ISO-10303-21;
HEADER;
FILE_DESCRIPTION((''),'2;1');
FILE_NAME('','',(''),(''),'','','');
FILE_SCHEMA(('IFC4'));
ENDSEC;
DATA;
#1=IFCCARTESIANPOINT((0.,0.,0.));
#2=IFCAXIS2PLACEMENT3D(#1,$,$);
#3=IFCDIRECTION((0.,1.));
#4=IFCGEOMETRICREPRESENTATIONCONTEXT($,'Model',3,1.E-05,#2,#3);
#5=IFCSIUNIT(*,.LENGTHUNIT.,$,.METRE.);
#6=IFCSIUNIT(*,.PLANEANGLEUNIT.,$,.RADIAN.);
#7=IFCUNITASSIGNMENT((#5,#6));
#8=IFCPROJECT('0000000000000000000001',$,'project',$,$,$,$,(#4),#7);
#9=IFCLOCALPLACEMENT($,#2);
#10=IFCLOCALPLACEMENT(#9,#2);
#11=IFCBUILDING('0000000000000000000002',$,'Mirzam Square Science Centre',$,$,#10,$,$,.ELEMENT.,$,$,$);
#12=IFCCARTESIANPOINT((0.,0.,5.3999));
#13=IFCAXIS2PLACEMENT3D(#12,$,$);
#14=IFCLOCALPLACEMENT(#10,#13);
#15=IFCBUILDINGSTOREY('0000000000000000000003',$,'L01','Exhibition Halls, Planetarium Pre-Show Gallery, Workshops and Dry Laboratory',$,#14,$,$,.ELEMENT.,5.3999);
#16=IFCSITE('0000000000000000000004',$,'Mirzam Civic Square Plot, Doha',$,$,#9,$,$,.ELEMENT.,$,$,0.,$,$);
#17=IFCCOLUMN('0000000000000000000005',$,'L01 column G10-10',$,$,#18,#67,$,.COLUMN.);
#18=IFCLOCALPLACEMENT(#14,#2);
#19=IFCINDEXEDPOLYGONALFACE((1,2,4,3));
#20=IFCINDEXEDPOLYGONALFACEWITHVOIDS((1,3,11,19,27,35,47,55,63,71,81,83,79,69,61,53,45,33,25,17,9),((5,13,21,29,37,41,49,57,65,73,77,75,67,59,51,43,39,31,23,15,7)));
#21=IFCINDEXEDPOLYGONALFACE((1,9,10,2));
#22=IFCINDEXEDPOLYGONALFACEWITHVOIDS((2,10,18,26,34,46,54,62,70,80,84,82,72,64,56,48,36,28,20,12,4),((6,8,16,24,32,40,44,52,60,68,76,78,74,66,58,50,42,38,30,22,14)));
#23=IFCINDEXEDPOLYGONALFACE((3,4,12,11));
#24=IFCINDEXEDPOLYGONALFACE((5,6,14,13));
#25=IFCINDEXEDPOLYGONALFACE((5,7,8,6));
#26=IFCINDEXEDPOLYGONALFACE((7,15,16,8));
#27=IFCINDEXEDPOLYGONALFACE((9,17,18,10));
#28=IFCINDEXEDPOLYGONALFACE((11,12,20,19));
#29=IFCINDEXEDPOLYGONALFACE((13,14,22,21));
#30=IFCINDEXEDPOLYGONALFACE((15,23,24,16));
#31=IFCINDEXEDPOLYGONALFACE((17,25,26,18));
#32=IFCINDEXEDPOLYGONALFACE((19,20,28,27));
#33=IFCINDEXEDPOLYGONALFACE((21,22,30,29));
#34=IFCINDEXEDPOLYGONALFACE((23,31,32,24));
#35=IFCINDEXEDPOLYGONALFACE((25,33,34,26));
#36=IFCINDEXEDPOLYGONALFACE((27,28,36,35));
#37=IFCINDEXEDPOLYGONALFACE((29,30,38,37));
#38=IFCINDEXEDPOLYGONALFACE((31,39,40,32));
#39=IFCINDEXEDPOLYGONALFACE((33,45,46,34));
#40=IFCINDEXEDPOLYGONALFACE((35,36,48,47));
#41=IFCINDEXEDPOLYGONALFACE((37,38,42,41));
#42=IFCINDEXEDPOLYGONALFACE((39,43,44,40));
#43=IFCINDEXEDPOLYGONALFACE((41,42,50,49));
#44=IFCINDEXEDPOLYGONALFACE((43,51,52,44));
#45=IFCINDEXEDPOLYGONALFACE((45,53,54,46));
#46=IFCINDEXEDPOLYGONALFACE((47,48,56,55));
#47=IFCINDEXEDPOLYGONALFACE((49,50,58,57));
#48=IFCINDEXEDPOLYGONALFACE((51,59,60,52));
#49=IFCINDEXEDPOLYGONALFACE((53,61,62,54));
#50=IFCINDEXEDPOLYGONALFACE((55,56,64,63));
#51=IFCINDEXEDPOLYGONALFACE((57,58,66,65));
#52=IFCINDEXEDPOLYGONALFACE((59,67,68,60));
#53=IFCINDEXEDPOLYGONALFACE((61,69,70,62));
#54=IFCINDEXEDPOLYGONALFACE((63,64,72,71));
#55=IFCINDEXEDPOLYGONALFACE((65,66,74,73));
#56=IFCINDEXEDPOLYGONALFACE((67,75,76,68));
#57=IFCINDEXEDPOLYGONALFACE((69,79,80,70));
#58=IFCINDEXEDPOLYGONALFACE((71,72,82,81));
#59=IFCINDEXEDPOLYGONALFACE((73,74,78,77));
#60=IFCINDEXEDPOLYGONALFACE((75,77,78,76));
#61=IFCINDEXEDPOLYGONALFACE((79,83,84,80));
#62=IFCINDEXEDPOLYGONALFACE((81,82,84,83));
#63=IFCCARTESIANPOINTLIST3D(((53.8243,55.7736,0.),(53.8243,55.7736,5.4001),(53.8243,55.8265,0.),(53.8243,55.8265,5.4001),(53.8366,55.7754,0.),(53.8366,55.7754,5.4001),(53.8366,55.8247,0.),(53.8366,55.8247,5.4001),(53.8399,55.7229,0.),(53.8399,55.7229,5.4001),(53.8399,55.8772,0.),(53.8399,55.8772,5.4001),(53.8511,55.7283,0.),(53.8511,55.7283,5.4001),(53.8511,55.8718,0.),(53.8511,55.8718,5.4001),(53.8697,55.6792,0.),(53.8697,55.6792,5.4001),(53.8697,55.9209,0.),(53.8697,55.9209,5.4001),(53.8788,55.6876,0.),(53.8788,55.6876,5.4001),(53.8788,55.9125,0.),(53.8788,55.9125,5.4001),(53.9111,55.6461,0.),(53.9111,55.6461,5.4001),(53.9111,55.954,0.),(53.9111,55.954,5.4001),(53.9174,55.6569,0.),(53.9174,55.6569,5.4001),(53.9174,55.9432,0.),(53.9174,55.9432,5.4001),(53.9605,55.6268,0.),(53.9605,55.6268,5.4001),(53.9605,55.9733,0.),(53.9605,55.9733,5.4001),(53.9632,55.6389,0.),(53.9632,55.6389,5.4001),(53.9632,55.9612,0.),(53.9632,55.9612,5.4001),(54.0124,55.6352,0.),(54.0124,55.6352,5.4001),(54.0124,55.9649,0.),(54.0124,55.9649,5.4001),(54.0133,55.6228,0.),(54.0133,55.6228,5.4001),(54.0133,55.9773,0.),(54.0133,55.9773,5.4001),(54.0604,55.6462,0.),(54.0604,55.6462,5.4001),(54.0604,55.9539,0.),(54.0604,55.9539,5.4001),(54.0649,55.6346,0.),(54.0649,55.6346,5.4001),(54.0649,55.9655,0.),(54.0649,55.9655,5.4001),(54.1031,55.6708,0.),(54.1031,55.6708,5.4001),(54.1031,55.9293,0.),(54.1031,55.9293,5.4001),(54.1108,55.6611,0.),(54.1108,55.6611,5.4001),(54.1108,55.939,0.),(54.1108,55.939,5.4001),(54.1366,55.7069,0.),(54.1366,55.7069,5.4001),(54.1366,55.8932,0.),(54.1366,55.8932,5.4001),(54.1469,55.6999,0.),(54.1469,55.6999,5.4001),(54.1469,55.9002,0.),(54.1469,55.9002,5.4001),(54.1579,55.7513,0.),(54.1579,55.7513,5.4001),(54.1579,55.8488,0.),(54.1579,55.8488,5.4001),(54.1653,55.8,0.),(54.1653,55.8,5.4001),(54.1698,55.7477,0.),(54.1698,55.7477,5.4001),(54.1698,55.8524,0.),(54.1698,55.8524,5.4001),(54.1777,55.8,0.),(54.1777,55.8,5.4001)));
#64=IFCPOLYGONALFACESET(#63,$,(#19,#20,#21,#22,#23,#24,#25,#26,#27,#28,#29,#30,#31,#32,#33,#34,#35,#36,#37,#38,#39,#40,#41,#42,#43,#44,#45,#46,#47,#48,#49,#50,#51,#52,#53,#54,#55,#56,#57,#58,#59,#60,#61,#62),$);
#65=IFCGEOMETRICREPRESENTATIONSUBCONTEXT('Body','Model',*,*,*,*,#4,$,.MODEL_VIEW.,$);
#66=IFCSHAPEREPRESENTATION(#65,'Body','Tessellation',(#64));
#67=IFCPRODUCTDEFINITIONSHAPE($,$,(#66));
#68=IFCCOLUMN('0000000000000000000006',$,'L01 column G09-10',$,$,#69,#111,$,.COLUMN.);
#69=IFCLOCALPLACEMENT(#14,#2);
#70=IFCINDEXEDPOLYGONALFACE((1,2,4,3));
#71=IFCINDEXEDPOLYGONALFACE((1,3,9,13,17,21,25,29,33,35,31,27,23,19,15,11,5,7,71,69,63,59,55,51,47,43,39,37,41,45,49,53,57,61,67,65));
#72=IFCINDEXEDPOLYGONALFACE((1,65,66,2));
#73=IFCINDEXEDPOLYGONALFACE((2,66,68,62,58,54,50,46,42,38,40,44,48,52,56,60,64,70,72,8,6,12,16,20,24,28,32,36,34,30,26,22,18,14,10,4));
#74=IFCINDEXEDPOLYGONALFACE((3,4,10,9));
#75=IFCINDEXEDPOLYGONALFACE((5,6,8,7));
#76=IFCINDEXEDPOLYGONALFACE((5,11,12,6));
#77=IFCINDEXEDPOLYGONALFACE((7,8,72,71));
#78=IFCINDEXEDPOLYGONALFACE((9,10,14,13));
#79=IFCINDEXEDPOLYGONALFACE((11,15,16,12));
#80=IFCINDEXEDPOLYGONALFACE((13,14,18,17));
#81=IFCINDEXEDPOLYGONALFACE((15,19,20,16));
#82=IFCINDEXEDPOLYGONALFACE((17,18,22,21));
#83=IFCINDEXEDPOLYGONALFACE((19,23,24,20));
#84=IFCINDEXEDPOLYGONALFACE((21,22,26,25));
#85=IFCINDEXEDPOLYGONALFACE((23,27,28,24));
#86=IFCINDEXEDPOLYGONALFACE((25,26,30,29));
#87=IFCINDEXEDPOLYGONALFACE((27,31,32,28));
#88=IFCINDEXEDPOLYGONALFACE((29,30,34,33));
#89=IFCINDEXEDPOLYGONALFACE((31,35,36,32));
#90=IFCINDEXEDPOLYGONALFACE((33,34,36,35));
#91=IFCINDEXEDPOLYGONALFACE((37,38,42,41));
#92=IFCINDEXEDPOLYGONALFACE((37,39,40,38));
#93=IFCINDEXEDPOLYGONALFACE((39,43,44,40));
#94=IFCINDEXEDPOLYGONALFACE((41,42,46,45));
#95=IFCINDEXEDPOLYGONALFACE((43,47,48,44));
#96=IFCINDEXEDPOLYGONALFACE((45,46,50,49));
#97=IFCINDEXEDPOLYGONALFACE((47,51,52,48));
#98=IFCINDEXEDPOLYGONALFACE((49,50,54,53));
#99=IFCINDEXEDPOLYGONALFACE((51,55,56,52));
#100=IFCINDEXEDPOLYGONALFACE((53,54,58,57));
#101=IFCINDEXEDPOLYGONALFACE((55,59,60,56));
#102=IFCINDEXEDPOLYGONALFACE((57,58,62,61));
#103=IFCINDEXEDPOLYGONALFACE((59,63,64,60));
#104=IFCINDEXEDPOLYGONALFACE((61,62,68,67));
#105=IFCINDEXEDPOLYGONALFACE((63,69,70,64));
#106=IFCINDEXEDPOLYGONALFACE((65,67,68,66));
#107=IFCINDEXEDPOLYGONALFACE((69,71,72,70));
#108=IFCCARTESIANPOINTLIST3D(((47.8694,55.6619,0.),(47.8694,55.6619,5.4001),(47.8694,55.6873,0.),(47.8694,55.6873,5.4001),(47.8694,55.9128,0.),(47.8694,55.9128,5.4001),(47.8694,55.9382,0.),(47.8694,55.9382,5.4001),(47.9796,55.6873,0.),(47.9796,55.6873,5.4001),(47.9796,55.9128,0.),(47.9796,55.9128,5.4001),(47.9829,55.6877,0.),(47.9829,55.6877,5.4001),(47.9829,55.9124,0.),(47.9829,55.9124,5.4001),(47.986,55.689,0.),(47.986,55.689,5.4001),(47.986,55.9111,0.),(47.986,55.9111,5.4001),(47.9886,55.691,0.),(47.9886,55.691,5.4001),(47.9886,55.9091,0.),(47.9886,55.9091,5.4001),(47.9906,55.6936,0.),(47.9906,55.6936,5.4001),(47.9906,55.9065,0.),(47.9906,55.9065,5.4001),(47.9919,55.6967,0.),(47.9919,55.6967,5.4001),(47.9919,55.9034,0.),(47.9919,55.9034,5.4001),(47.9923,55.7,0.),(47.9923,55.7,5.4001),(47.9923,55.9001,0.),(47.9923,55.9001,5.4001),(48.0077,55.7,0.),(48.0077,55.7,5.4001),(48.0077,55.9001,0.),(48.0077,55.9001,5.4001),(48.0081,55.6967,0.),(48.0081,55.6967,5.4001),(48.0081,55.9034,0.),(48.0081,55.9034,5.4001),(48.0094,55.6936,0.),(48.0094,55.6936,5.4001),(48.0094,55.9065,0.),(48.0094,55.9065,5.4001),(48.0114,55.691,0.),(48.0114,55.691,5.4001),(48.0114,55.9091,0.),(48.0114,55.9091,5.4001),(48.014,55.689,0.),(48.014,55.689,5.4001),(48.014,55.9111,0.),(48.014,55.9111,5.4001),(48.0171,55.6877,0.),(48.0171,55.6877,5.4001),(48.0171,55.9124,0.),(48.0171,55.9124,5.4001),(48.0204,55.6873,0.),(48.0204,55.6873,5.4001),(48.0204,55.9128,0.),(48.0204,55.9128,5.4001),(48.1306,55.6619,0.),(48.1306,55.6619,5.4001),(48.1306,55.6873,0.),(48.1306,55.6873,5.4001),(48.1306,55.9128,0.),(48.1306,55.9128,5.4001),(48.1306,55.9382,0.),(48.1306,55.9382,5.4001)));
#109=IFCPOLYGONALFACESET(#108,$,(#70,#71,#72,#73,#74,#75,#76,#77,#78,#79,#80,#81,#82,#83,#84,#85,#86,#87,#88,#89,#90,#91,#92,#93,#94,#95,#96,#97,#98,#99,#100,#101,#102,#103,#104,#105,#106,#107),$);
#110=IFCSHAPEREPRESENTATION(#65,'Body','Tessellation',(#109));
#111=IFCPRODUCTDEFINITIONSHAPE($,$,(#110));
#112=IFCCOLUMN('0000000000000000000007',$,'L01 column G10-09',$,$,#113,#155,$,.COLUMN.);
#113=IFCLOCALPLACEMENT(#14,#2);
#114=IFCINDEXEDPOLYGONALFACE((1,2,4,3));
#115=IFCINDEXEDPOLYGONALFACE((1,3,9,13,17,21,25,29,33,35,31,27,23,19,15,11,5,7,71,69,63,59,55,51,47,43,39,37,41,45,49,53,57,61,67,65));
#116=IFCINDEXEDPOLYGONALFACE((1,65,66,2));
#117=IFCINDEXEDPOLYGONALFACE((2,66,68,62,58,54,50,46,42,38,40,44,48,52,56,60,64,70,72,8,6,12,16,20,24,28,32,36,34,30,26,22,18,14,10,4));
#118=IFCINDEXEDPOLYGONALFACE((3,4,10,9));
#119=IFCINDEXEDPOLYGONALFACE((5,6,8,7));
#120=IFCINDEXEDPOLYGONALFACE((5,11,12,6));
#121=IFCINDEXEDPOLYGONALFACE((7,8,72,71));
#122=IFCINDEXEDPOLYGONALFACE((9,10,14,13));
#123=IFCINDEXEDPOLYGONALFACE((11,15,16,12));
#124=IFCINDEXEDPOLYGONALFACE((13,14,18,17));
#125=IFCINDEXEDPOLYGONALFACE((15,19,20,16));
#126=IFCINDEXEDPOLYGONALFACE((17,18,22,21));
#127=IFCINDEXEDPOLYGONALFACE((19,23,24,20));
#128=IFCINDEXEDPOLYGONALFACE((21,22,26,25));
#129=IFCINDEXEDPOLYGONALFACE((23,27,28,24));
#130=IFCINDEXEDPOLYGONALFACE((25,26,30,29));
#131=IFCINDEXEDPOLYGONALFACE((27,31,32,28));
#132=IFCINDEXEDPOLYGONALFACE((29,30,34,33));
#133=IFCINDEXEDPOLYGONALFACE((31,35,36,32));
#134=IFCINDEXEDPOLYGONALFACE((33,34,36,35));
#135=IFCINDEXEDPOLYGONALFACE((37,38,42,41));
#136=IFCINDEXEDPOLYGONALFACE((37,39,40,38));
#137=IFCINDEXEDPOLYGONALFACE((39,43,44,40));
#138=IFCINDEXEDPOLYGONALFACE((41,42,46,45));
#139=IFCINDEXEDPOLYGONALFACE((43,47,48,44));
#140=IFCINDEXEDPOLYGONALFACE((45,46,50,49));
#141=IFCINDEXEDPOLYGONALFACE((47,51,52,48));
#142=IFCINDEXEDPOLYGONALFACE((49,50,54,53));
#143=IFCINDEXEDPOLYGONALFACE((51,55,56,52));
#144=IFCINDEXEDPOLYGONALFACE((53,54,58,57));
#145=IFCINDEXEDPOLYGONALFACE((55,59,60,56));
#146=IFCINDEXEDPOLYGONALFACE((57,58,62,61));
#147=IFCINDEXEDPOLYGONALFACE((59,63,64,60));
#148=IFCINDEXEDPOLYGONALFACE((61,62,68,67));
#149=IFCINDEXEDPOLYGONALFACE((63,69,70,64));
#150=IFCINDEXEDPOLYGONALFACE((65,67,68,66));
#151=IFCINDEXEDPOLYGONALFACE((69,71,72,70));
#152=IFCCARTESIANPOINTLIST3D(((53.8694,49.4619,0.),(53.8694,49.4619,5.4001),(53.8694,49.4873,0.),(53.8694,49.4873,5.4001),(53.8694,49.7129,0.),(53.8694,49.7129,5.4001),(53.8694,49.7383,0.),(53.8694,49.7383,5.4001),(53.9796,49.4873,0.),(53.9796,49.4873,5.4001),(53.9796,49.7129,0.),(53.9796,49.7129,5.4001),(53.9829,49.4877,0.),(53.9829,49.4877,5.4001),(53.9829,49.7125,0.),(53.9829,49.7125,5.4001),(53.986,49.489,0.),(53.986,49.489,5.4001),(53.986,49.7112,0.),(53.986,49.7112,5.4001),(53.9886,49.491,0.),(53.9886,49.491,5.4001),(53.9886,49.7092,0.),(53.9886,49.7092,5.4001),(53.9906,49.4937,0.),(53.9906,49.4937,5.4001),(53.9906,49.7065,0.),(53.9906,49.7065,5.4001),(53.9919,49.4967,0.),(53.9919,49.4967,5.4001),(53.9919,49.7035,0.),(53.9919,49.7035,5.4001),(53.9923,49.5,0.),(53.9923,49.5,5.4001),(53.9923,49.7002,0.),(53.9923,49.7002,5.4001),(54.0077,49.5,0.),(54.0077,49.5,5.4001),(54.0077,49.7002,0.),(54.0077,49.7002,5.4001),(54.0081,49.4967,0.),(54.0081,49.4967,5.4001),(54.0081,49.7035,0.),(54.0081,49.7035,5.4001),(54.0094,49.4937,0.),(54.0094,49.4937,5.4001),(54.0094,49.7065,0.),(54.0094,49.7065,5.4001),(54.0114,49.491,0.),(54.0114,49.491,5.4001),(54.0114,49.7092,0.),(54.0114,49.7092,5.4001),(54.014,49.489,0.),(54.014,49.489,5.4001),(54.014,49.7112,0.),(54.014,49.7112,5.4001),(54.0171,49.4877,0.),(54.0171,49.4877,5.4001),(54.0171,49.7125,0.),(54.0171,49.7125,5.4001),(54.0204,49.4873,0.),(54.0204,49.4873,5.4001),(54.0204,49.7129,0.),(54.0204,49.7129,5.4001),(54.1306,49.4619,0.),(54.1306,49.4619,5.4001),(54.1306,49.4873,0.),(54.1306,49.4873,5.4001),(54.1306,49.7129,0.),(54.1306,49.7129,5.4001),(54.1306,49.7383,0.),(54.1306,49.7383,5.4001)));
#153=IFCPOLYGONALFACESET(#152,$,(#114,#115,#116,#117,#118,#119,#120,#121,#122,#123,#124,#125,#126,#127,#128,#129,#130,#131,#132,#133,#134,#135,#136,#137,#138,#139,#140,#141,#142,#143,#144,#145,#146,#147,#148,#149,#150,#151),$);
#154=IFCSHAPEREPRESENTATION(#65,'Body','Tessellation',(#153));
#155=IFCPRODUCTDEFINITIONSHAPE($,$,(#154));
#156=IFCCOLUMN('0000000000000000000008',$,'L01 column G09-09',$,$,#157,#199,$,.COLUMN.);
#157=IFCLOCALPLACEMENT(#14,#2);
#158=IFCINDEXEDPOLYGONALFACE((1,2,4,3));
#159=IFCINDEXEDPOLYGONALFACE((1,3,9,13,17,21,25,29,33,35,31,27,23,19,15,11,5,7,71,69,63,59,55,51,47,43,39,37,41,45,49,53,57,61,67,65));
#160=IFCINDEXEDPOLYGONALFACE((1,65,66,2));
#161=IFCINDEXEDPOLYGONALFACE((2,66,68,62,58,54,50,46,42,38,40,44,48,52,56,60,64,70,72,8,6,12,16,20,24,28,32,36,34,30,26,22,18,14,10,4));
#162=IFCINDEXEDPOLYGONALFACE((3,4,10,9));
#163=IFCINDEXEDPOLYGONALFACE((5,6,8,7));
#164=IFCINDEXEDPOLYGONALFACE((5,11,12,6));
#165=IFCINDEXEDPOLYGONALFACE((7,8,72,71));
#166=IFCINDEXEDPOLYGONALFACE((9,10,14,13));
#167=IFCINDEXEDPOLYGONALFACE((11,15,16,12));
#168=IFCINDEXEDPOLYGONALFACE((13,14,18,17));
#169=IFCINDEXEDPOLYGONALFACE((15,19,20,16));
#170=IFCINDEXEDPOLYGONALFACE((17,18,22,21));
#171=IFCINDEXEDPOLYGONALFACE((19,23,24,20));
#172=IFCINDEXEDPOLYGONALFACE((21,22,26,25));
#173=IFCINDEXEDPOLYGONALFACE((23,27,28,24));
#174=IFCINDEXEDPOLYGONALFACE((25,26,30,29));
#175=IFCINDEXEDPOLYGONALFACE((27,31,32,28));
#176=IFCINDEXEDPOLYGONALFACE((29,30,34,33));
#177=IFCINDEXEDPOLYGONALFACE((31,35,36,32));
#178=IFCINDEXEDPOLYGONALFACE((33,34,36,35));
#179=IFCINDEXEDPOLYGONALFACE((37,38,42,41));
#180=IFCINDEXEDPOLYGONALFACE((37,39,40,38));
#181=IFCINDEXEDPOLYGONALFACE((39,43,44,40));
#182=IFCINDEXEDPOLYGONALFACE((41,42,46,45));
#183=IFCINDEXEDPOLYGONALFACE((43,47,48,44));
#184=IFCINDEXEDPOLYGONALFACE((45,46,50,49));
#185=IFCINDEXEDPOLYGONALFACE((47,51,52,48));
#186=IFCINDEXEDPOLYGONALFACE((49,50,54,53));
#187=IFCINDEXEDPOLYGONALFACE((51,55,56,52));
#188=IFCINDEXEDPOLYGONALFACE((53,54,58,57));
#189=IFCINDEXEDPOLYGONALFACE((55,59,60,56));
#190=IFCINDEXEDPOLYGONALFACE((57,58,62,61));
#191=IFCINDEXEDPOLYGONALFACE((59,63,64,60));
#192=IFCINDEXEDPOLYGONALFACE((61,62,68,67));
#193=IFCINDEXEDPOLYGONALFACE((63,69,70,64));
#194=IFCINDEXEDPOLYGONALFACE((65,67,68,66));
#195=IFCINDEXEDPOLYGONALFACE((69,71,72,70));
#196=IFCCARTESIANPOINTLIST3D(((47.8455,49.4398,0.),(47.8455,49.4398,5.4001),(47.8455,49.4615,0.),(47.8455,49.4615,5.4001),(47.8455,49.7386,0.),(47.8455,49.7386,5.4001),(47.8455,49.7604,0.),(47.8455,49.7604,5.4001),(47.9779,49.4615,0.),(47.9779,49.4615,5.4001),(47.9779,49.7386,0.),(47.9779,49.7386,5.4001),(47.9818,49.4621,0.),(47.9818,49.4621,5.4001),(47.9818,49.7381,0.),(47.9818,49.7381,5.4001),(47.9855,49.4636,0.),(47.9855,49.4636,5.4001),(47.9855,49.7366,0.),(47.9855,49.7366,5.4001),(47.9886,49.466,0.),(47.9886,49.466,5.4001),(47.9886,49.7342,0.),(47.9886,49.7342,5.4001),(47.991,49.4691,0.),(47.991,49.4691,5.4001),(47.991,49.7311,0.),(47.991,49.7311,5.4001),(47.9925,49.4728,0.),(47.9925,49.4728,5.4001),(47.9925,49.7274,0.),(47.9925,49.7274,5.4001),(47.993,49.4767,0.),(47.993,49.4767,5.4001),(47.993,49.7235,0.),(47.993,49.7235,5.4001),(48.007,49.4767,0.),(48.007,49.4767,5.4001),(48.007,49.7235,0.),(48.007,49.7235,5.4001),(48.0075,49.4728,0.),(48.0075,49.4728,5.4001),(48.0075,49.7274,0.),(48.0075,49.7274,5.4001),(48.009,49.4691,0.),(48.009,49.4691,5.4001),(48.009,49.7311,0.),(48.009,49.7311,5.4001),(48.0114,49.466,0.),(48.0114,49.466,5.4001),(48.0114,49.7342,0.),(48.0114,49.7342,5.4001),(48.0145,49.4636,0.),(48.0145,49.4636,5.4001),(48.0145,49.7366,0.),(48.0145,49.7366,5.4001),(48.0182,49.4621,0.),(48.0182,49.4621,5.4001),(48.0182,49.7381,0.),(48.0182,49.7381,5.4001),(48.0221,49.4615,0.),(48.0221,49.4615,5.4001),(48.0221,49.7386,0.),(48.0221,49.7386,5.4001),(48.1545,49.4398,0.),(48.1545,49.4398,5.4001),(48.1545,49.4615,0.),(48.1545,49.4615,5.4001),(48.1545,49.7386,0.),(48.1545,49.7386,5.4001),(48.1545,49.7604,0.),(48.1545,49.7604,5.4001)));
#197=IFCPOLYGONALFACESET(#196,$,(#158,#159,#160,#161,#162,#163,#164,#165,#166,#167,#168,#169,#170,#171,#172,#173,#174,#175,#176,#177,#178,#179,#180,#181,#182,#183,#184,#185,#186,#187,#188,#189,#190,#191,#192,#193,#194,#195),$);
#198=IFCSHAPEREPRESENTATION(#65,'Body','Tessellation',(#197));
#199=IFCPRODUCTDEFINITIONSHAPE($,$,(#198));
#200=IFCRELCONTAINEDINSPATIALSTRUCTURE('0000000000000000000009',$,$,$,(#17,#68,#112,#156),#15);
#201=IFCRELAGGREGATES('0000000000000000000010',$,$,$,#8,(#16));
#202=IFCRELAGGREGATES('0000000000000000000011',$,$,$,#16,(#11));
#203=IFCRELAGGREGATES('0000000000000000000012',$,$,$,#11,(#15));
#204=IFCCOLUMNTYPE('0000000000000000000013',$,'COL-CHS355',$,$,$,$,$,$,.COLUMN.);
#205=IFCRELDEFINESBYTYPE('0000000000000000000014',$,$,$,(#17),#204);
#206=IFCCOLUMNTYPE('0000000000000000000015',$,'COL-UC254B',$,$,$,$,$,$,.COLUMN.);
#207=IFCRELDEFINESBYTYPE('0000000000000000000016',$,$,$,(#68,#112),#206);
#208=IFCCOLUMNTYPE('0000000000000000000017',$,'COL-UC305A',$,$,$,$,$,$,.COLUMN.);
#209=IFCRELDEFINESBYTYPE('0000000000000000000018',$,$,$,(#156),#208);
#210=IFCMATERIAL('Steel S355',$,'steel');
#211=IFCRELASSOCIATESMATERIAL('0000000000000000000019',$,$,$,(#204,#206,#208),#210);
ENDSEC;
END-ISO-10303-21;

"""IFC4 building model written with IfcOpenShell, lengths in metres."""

from ifc_helpers import new_model, si_unit, direction, frame, origin, origin_2d, place, context, subcontext, project, spatial, hollow_circle, i_section, extrude, material, material_profile, profile_set, type_object, element, save


model = new_model("IFC4")

# Units and contexts
model_context = context("Model", 3, precision=1e-05, world=origin(), true_north=direction((0.0, 1.0)))
body_context = subcontext(model_context, "Body", "Model", "MODEL_VIEW")
ifc_project = project(units=[si_unit("LENGTHUNIT", "METRE"), si_unit("PLANEANGLEUNIT", "RADIAN")], contexts=[model_context])

# Site, building, storey
site_placement = place(None, origin())
site = spatial("IfcSite", under=ifc_project, at=site_placement, Name="Mirzam Civic Square Plot, Doha", CompositionType="ELEMENT", RefElevation=0.0)
building_placement = place(site_placement, origin())
building = spatial("IfcBuilding", under=site, at=building_placement, Name="Mirzam Square Science Centre", CompositionType="ELEMENT")
storey_placement = place(building_placement, frame((0.0, 0.0, 5.3999)))
storey = spatial("IfcBuildingStorey", under=building, at=storey_placement, Name="L01", Description="Exhibition Halls, Planetarium Pre-Show Gallery, Workshops and Dry Laboratory", CompositionType="ELEMENT", Elevation=5.3999)

# Columns
ifc_material_1 = material(Name="Steel S355", Category="steel")
ifc_material_profile_1 = material_profile(ifc_material_1, hollow_circle(Radius=0.1777, WallThickness=0.0125, at=origin_2d()), Name="355.6x12.5CHS")
ifc_profile_set_1 = profile_set([ifc_material_profile_1], Name="Steel S355")
column_type_1 = type_object("IfcColumnType", Name="COL-CHS355", PredefinedType="COLUMN", material=ifc_profile_set_1)
column_1_placement = place(storey_placement, frame((54.0, 55.8, 0.0), z_axis=(0.0, 0.0, 1.0), x_axis=(1.0, 0.0, 0.0)))
element("IfcColumn", 1, at=column_1_placement, inside=storey, type_object=column_type_1, Name="L01 column G10-10", PredefinedType="COLUMN", context=body_context, shape_type="SweptSolid", body=[
    extrude(hollow_circle(Radius=0.1777, WallThickness=0.0125, at=origin_2d()), origin(), (0.0, 0.0, 1.0), 5.4001),
])
ifc_material_profile_2 = material_profile(ifc_material_1, i_section(OverallWidth=0.2612, OverallDepth=0.2764, WebThickness=0.0154, FlangeThickness=0.0254, FilletRadius=0.0127, at=origin_2d()), Name="254x254x132UC")
ifc_profile_set_2 = profile_set([ifc_material_profile_2], Name="Steel S355")
column_type_2 = type_object("IfcColumnType", Name="COL-UC254B", PredefinedType="COLUMN", material=ifc_profile_set_2)
for number, where, z_axis, x_axis, name in (
    (2, (48.0, 55.8, 0.0), (0.0, 0.0, 1.0), (1.0, 0.0, 0.0), "L01 column G09-10"),
    (3, (54.0, 49.6001, 0.0), (0.0, 0.0, 1.0), (1.0, 0.0, 0.0), "L01 column G10-09"),
):
    element("IfcColumn", number, at=place(storey_placement, frame(where, z_axis=z_axis, x_axis=x_axis)), inside=storey, type_object=column_type_2, Name=name, PredefinedType="COLUMN", context=body_context, shape_type="SweptSolid", body=[
        extrude(i_section(OverallWidth=0.2612, OverallDepth=0.2764, WebThickness=0.0154, FlangeThickness=0.0254, FilletRadius=0.0127, at=origin_2d()), origin(), (0.0, 0.0, 1.0), 5.4001),
    ])
ifc_material_profile_3 = material_profile(ifc_material_1, i_section(OverallWidth=0.3091, OverallDepth=0.3206, WebThickness=0.0139, FlangeThickness=0.0217, FilletRadius=0.0151, at=origin_2d()), Name="305x305x137UC")
ifc_profile_set_3 = profile_set([ifc_material_profile_3], Name="Steel S355")
column_type_3 = type_object("IfcColumnType", Name="COL-UC305A", PredefinedType="COLUMN", material=ifc_profile_set_3)
column_2_placement = place(storey_placement, frame((48.0, 49.6001, 0.0), z_axis=(0.0, 0.0, 1.0), x_axis=(1.0, 0.0, 0.0)))
element("IfcColumn", 4, at=column_2_placement, inside=storey, type_object=column_type_3, Name="L01 column G09-09", PredefinedType="COLUMN", context=body_context, shape_type="SweptSolid", body=[
    extrude(i_section(OverallWidth=0.3091, OverallDepth=0.3206, WebThickness=0.0139, FlangeThickness=0.0217, FilletRadius=0.0151, at=origin_2d()), origin(), (0.0, 0.0, 1.0), 5.4001),
])

save(model, "model.ifc")
